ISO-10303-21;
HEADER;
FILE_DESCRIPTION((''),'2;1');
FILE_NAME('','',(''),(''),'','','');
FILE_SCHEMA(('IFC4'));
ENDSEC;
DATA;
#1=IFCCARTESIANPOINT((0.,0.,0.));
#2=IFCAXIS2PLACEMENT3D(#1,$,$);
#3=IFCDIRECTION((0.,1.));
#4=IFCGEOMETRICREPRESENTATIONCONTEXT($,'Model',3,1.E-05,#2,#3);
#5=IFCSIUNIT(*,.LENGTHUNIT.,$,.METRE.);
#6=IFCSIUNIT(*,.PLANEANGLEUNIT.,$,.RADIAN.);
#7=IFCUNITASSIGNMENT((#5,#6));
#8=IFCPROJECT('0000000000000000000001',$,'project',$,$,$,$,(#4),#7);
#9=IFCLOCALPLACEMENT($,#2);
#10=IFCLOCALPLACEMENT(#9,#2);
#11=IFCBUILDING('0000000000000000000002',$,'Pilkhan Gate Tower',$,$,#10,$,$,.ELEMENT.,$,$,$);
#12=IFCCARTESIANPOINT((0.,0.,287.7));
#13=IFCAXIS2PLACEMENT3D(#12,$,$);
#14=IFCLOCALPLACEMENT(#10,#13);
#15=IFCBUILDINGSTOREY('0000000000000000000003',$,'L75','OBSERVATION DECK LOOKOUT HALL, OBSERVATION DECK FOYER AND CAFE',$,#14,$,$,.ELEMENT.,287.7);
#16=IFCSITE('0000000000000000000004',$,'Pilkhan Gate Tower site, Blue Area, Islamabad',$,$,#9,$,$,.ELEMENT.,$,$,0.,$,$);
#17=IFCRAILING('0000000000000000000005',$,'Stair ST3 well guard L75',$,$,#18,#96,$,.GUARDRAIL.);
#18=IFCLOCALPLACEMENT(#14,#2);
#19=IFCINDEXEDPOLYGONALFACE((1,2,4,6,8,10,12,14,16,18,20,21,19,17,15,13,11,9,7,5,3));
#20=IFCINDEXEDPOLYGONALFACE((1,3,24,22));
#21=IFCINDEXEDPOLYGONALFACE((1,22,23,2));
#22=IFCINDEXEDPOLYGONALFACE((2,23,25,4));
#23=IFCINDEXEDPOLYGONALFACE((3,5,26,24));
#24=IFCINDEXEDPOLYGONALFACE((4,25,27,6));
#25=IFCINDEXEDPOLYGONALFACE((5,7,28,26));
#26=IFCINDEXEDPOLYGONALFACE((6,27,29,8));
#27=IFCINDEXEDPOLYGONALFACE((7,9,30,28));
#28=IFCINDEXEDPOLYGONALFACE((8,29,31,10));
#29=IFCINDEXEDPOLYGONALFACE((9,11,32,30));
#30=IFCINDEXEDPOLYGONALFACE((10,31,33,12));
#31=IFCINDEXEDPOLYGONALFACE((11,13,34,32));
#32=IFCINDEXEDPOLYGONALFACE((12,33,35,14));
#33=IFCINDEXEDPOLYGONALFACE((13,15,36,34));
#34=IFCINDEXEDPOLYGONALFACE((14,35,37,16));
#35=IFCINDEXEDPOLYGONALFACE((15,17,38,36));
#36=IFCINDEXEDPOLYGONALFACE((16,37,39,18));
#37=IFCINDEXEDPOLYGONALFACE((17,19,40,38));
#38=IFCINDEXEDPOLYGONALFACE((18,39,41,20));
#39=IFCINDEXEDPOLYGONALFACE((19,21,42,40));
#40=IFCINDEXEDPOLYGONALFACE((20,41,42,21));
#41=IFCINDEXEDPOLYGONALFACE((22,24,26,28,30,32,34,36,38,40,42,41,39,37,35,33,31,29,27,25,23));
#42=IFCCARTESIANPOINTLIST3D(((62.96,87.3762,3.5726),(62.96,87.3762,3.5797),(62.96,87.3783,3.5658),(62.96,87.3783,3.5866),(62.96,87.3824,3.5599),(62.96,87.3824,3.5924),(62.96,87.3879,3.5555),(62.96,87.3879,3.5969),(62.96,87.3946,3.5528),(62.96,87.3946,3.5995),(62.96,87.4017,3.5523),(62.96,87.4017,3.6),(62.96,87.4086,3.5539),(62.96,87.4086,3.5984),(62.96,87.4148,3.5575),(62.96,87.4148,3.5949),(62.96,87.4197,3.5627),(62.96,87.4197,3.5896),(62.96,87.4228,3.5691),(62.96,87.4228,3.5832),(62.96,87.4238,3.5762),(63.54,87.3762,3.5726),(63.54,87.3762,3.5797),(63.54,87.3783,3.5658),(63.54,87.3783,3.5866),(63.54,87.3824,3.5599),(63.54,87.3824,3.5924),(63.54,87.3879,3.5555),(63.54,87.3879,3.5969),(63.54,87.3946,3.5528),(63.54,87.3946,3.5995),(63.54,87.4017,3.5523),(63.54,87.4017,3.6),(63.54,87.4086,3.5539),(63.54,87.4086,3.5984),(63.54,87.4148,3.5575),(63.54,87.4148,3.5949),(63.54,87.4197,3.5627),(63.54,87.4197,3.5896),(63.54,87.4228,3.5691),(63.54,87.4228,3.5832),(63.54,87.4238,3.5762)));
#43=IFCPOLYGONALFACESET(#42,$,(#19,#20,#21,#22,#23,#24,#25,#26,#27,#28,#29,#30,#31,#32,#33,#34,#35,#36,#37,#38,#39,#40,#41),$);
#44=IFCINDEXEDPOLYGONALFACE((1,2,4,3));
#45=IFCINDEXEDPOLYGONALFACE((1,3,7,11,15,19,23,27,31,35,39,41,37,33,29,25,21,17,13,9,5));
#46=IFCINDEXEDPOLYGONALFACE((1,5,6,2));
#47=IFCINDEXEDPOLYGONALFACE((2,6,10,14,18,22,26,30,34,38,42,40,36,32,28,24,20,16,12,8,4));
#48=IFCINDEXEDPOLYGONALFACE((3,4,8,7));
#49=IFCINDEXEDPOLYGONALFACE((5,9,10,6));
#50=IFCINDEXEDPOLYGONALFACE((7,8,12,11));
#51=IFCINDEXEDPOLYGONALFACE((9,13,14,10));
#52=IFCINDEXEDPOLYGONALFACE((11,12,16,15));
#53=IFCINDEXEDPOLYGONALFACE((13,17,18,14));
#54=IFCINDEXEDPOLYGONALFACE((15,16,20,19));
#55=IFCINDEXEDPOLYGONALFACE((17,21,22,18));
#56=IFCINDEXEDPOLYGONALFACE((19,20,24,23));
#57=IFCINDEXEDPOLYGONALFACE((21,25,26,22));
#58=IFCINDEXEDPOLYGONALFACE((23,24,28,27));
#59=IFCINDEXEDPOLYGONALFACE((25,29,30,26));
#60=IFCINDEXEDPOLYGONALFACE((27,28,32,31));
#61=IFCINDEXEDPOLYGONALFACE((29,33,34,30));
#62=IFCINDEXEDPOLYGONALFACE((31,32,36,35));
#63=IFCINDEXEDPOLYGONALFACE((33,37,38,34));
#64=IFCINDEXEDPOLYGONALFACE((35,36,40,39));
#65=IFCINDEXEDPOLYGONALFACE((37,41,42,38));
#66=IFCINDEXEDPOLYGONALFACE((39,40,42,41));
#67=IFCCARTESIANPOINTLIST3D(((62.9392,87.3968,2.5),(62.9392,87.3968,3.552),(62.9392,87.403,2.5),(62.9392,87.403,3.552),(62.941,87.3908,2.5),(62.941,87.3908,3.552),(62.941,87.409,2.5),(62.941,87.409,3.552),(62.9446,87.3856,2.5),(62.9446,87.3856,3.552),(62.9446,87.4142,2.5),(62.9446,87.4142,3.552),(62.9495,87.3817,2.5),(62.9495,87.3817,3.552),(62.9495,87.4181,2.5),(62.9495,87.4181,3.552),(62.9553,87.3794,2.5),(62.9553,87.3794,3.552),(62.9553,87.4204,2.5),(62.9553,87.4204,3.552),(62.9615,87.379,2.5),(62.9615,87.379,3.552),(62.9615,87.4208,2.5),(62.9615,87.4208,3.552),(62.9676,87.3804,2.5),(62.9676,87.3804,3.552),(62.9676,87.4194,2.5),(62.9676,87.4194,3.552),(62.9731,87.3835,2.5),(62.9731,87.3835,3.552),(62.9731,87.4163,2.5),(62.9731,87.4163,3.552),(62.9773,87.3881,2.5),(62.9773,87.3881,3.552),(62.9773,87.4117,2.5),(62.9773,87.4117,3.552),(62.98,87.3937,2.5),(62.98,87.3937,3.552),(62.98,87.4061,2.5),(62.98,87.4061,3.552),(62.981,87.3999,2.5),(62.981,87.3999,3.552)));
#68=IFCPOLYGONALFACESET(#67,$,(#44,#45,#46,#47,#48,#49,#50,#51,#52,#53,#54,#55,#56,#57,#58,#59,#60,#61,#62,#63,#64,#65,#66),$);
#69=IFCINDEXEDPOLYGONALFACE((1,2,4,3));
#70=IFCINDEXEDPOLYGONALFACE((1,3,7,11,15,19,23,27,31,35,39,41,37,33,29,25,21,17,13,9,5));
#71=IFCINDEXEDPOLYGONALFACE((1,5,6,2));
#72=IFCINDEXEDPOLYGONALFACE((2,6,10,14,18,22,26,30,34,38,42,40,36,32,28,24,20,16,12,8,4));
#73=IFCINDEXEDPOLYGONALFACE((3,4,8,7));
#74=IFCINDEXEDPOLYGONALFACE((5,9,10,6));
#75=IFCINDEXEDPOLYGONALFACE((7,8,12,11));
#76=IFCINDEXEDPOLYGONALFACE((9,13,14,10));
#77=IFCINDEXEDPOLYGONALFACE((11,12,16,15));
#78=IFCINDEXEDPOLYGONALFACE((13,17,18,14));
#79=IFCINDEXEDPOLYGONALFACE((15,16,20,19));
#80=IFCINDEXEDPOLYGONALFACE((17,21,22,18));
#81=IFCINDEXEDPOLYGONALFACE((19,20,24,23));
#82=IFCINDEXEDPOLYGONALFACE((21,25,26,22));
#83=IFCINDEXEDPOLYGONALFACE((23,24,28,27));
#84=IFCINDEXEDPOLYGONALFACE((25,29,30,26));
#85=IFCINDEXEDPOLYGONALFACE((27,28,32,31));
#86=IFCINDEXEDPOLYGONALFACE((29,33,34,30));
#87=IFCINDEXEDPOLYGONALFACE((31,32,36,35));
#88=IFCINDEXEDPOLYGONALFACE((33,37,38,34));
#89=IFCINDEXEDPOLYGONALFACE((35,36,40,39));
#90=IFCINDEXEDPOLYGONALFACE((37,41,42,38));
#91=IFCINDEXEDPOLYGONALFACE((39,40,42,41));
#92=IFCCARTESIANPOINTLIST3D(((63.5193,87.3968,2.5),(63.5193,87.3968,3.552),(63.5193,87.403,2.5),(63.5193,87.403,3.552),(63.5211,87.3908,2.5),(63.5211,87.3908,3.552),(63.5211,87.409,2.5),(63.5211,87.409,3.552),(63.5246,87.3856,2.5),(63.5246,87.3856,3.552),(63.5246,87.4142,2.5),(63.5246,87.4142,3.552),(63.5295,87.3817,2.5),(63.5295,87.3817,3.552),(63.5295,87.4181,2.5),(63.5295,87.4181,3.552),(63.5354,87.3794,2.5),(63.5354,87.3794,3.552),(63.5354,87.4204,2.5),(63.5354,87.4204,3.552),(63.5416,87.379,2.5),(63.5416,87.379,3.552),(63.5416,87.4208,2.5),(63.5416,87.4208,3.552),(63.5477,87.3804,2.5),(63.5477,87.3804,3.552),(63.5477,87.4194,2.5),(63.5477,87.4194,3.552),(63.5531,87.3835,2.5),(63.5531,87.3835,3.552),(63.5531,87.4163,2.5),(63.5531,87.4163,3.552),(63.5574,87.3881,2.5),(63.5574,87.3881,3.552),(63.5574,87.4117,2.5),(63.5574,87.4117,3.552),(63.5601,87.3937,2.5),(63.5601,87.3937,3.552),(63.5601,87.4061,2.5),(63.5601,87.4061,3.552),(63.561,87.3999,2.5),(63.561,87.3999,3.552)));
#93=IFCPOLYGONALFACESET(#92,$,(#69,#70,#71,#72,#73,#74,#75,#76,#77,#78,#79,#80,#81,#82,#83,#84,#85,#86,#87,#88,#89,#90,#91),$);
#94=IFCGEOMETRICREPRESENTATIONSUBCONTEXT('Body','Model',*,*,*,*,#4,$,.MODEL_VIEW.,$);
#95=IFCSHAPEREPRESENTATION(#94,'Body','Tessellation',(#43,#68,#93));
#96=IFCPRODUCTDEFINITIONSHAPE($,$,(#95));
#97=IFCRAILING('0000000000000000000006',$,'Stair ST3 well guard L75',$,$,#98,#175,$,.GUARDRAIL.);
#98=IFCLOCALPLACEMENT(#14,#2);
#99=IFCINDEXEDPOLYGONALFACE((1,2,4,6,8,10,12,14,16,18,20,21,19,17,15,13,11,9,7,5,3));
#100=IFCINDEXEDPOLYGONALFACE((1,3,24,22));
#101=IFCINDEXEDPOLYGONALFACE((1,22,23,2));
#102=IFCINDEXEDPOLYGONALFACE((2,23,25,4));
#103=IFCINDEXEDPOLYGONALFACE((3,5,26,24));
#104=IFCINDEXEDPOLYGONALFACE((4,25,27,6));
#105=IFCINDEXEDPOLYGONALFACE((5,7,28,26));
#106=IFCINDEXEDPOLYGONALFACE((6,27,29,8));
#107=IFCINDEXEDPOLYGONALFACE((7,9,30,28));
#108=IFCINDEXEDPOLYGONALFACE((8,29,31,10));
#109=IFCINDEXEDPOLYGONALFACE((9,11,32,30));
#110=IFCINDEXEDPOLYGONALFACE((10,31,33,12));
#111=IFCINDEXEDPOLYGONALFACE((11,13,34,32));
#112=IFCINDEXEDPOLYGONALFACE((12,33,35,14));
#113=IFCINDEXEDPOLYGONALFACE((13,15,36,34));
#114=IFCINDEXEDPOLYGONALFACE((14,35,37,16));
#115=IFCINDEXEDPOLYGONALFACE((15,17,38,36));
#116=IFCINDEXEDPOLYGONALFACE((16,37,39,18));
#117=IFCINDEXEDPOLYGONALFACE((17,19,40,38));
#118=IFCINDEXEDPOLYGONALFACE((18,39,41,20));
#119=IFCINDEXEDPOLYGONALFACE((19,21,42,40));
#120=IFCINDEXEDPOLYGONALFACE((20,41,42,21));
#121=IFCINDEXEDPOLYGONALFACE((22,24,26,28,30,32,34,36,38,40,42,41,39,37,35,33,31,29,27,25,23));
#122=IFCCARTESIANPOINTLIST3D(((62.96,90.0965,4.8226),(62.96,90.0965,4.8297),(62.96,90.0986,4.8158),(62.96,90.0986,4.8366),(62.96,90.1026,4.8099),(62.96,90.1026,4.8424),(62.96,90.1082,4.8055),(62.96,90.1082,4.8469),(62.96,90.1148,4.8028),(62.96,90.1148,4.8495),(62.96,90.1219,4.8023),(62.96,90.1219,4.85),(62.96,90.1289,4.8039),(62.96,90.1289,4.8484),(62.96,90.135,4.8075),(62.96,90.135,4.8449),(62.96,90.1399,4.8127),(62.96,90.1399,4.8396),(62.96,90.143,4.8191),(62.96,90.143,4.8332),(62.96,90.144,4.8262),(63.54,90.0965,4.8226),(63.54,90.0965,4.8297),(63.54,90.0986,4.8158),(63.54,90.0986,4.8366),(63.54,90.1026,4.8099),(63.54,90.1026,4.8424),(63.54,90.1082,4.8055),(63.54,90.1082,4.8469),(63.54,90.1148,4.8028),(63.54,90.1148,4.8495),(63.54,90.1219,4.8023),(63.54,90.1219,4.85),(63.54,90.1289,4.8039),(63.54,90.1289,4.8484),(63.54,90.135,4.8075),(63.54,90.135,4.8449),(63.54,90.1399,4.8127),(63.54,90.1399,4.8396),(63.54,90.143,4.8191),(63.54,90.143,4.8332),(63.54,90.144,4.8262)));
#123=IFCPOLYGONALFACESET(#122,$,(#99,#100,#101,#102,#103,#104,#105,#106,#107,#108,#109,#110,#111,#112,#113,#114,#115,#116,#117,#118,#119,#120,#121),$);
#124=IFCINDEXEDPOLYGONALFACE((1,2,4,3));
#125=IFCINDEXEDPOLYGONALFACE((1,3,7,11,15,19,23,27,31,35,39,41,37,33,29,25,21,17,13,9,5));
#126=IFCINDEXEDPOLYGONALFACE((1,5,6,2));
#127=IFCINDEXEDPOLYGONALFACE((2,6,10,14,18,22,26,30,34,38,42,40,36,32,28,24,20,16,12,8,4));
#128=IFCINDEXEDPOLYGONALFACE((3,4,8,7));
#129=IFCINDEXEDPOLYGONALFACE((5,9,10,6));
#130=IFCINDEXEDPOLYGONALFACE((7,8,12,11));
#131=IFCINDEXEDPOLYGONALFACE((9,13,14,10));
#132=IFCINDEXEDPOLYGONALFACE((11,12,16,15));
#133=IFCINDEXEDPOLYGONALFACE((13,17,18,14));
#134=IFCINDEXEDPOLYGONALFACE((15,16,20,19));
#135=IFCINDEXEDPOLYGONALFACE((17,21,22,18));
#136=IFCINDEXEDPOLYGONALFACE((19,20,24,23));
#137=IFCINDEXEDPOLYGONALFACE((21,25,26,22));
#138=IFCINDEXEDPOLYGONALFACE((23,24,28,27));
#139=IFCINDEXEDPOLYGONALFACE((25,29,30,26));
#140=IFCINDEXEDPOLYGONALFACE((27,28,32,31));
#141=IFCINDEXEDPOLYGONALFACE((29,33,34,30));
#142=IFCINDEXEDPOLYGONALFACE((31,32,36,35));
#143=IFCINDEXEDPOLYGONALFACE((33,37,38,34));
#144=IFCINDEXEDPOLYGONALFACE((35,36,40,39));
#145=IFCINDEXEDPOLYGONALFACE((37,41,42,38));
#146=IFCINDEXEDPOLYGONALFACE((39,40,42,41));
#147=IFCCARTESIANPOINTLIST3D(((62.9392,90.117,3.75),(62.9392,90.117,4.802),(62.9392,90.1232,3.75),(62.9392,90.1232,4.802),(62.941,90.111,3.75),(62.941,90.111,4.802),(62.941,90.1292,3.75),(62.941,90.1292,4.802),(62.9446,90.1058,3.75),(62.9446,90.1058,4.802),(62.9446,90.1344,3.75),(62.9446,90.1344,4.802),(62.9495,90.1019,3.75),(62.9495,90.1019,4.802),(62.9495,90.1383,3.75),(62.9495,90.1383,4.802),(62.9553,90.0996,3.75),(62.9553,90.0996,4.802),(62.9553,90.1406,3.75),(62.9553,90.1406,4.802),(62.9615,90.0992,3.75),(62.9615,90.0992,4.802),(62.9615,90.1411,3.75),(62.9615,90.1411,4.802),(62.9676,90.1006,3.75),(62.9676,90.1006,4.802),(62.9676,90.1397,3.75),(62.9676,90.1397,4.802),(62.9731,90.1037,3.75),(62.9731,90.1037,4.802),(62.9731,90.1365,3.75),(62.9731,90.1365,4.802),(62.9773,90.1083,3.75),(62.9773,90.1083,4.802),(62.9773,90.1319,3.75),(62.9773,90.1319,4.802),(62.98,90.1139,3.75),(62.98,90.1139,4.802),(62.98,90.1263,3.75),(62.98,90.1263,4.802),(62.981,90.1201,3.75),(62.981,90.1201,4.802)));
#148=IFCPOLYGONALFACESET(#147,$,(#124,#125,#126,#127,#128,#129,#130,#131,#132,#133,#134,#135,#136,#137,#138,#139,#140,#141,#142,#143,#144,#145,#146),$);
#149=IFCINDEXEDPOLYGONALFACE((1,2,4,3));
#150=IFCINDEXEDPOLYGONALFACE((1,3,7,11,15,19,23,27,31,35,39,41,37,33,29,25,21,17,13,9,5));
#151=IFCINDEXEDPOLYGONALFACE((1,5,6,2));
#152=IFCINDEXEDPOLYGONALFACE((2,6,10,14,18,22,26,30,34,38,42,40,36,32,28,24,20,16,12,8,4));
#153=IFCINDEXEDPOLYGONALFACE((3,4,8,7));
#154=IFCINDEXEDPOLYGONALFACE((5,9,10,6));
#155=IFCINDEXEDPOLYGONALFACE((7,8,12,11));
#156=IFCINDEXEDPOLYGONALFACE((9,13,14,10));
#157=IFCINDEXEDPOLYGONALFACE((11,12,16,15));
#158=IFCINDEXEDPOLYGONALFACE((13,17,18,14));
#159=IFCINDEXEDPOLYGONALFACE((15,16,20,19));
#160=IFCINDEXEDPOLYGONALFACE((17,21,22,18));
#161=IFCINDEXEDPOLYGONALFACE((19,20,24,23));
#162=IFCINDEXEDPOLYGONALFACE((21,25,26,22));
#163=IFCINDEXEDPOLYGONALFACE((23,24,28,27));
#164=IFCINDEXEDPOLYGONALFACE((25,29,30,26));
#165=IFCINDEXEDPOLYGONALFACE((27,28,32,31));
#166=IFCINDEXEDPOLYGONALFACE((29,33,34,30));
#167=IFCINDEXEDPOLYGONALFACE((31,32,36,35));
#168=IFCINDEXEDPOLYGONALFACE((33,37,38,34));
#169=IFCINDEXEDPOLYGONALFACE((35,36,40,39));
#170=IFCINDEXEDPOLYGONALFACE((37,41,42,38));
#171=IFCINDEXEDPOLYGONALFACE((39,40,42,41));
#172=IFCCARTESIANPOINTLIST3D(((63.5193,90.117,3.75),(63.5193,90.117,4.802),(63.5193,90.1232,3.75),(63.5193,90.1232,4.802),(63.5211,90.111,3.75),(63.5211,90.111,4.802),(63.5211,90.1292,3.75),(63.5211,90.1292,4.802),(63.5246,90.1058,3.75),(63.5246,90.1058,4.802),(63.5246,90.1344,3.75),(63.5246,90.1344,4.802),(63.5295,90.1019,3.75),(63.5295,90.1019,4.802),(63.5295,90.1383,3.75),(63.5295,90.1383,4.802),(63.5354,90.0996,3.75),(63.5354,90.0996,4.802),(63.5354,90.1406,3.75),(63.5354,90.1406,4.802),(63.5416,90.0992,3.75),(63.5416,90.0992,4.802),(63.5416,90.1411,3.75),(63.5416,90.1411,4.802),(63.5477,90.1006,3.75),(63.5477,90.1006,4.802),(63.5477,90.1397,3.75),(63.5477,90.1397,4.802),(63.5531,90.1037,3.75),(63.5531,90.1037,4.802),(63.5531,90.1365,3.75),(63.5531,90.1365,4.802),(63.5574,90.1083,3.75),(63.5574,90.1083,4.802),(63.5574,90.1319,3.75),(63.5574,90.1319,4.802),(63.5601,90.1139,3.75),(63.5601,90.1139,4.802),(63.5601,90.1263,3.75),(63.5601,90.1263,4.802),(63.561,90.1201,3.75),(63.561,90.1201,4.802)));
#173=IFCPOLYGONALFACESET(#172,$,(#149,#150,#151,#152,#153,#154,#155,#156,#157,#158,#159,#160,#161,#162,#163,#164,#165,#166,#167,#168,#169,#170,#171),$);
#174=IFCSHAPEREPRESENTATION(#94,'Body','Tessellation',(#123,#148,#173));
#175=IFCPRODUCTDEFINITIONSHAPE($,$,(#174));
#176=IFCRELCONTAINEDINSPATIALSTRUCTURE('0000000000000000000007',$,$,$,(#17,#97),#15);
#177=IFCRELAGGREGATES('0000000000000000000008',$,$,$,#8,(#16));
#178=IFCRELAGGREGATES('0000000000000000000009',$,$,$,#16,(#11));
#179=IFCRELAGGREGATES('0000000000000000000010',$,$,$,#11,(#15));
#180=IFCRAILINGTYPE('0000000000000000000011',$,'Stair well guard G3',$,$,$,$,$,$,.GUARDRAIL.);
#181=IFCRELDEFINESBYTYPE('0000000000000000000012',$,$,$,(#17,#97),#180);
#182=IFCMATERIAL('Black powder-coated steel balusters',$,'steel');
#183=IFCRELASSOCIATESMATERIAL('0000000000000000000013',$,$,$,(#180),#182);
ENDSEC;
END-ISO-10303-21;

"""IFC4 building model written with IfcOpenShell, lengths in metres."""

from ifc_helpers import new_model, si_unit, direction, frame, origin, origin_2d, place, context, subcontext, project, spatial, circle, extrude, material, type_object, element, save


model = new_model("IFC4")

# Units and contexts
model_context = context("Model", 3, precision=1e-05, world=origin(), true_north=direction((0.0, 1.0)))
body_context = subcontext(model_context, "Body", "Model", "MODEL_VIEW")
ifc_project = project(units=[si_unit("LENGTHUNIT", "METRE"), si_unit("PLANEANGLEUNIT", "RADIAN")], contexts=[model_context])

# Site, building, storey
site_placement = place(None, origin())
site = spatial("IfcSite", under=ifc_project, at=site_placement, Name="Pilkhan Gate Tower site, Blue Area, Islamabad", CompositionType="ELEMENT", RefElevation=0.0)
building_placement = place(site_placement, origin())
building = spatial("IfcBuilding", under=site, at=building_placement, Name="Pilkhan Gate Tower", CompositionType="ELEMENT")
storey_placement = place(building_placement, frame((0.0, 0.0, 287.7)))
storey = spatial("IfcBuildingStorey", under=building, at=storey_placement, Name="L75", Description="OBSERVATION DECK LOOKOUT HALL, OBSERVATION DECK FOYER AND CAFE", CompositionType="ELEMENT", Elevation=287.7)

# Railings
ifc_material_1 = material(Name="Black powder-coated steel balusters", Category="steel")
railing_type_1 = type_object("IfcRailingType", Name="Stair well guard G3", PredefinedType="GUARDRAIL", material=ifc_material_1)
for number, where, name in (
    (1, (62.96, 87.3999, 2.5), "Stair ST3 well guard L75"),
    (2, (62.96, 90.1201, 3.75), "Stair ST3 well guard L75"),
):
    element("IfcRailing", number, at=place(storey_placement, frame(where)), inside=storey, type_object=railing_type_1, Name=name, PredefinedType="GUARDRAIL", context=body_context, shape_type="SweptSolid", body=[
        extrude(circle(Radius=0.0239, at=origin_2d()), frame((0.0, 0.0, 1.0762), z_axis=(1.0, 0.0, 0.0), x_axis=(0.0, 1.0, 0.0)), (0.0, 0.0, 1.0), 0.5801),
        extrude(circle(Radius=0.021, at=origin_2d()), origin(), (0.0, 0.0, 1.0), 1.052),
        extrude(circle(Radius=0.021, at=origin_2d()), frame((0.5801, 0.0, 0.0)), (0.0, 0.0, 1.0), 1.052),
    ])

save(model, "model.ifc")
